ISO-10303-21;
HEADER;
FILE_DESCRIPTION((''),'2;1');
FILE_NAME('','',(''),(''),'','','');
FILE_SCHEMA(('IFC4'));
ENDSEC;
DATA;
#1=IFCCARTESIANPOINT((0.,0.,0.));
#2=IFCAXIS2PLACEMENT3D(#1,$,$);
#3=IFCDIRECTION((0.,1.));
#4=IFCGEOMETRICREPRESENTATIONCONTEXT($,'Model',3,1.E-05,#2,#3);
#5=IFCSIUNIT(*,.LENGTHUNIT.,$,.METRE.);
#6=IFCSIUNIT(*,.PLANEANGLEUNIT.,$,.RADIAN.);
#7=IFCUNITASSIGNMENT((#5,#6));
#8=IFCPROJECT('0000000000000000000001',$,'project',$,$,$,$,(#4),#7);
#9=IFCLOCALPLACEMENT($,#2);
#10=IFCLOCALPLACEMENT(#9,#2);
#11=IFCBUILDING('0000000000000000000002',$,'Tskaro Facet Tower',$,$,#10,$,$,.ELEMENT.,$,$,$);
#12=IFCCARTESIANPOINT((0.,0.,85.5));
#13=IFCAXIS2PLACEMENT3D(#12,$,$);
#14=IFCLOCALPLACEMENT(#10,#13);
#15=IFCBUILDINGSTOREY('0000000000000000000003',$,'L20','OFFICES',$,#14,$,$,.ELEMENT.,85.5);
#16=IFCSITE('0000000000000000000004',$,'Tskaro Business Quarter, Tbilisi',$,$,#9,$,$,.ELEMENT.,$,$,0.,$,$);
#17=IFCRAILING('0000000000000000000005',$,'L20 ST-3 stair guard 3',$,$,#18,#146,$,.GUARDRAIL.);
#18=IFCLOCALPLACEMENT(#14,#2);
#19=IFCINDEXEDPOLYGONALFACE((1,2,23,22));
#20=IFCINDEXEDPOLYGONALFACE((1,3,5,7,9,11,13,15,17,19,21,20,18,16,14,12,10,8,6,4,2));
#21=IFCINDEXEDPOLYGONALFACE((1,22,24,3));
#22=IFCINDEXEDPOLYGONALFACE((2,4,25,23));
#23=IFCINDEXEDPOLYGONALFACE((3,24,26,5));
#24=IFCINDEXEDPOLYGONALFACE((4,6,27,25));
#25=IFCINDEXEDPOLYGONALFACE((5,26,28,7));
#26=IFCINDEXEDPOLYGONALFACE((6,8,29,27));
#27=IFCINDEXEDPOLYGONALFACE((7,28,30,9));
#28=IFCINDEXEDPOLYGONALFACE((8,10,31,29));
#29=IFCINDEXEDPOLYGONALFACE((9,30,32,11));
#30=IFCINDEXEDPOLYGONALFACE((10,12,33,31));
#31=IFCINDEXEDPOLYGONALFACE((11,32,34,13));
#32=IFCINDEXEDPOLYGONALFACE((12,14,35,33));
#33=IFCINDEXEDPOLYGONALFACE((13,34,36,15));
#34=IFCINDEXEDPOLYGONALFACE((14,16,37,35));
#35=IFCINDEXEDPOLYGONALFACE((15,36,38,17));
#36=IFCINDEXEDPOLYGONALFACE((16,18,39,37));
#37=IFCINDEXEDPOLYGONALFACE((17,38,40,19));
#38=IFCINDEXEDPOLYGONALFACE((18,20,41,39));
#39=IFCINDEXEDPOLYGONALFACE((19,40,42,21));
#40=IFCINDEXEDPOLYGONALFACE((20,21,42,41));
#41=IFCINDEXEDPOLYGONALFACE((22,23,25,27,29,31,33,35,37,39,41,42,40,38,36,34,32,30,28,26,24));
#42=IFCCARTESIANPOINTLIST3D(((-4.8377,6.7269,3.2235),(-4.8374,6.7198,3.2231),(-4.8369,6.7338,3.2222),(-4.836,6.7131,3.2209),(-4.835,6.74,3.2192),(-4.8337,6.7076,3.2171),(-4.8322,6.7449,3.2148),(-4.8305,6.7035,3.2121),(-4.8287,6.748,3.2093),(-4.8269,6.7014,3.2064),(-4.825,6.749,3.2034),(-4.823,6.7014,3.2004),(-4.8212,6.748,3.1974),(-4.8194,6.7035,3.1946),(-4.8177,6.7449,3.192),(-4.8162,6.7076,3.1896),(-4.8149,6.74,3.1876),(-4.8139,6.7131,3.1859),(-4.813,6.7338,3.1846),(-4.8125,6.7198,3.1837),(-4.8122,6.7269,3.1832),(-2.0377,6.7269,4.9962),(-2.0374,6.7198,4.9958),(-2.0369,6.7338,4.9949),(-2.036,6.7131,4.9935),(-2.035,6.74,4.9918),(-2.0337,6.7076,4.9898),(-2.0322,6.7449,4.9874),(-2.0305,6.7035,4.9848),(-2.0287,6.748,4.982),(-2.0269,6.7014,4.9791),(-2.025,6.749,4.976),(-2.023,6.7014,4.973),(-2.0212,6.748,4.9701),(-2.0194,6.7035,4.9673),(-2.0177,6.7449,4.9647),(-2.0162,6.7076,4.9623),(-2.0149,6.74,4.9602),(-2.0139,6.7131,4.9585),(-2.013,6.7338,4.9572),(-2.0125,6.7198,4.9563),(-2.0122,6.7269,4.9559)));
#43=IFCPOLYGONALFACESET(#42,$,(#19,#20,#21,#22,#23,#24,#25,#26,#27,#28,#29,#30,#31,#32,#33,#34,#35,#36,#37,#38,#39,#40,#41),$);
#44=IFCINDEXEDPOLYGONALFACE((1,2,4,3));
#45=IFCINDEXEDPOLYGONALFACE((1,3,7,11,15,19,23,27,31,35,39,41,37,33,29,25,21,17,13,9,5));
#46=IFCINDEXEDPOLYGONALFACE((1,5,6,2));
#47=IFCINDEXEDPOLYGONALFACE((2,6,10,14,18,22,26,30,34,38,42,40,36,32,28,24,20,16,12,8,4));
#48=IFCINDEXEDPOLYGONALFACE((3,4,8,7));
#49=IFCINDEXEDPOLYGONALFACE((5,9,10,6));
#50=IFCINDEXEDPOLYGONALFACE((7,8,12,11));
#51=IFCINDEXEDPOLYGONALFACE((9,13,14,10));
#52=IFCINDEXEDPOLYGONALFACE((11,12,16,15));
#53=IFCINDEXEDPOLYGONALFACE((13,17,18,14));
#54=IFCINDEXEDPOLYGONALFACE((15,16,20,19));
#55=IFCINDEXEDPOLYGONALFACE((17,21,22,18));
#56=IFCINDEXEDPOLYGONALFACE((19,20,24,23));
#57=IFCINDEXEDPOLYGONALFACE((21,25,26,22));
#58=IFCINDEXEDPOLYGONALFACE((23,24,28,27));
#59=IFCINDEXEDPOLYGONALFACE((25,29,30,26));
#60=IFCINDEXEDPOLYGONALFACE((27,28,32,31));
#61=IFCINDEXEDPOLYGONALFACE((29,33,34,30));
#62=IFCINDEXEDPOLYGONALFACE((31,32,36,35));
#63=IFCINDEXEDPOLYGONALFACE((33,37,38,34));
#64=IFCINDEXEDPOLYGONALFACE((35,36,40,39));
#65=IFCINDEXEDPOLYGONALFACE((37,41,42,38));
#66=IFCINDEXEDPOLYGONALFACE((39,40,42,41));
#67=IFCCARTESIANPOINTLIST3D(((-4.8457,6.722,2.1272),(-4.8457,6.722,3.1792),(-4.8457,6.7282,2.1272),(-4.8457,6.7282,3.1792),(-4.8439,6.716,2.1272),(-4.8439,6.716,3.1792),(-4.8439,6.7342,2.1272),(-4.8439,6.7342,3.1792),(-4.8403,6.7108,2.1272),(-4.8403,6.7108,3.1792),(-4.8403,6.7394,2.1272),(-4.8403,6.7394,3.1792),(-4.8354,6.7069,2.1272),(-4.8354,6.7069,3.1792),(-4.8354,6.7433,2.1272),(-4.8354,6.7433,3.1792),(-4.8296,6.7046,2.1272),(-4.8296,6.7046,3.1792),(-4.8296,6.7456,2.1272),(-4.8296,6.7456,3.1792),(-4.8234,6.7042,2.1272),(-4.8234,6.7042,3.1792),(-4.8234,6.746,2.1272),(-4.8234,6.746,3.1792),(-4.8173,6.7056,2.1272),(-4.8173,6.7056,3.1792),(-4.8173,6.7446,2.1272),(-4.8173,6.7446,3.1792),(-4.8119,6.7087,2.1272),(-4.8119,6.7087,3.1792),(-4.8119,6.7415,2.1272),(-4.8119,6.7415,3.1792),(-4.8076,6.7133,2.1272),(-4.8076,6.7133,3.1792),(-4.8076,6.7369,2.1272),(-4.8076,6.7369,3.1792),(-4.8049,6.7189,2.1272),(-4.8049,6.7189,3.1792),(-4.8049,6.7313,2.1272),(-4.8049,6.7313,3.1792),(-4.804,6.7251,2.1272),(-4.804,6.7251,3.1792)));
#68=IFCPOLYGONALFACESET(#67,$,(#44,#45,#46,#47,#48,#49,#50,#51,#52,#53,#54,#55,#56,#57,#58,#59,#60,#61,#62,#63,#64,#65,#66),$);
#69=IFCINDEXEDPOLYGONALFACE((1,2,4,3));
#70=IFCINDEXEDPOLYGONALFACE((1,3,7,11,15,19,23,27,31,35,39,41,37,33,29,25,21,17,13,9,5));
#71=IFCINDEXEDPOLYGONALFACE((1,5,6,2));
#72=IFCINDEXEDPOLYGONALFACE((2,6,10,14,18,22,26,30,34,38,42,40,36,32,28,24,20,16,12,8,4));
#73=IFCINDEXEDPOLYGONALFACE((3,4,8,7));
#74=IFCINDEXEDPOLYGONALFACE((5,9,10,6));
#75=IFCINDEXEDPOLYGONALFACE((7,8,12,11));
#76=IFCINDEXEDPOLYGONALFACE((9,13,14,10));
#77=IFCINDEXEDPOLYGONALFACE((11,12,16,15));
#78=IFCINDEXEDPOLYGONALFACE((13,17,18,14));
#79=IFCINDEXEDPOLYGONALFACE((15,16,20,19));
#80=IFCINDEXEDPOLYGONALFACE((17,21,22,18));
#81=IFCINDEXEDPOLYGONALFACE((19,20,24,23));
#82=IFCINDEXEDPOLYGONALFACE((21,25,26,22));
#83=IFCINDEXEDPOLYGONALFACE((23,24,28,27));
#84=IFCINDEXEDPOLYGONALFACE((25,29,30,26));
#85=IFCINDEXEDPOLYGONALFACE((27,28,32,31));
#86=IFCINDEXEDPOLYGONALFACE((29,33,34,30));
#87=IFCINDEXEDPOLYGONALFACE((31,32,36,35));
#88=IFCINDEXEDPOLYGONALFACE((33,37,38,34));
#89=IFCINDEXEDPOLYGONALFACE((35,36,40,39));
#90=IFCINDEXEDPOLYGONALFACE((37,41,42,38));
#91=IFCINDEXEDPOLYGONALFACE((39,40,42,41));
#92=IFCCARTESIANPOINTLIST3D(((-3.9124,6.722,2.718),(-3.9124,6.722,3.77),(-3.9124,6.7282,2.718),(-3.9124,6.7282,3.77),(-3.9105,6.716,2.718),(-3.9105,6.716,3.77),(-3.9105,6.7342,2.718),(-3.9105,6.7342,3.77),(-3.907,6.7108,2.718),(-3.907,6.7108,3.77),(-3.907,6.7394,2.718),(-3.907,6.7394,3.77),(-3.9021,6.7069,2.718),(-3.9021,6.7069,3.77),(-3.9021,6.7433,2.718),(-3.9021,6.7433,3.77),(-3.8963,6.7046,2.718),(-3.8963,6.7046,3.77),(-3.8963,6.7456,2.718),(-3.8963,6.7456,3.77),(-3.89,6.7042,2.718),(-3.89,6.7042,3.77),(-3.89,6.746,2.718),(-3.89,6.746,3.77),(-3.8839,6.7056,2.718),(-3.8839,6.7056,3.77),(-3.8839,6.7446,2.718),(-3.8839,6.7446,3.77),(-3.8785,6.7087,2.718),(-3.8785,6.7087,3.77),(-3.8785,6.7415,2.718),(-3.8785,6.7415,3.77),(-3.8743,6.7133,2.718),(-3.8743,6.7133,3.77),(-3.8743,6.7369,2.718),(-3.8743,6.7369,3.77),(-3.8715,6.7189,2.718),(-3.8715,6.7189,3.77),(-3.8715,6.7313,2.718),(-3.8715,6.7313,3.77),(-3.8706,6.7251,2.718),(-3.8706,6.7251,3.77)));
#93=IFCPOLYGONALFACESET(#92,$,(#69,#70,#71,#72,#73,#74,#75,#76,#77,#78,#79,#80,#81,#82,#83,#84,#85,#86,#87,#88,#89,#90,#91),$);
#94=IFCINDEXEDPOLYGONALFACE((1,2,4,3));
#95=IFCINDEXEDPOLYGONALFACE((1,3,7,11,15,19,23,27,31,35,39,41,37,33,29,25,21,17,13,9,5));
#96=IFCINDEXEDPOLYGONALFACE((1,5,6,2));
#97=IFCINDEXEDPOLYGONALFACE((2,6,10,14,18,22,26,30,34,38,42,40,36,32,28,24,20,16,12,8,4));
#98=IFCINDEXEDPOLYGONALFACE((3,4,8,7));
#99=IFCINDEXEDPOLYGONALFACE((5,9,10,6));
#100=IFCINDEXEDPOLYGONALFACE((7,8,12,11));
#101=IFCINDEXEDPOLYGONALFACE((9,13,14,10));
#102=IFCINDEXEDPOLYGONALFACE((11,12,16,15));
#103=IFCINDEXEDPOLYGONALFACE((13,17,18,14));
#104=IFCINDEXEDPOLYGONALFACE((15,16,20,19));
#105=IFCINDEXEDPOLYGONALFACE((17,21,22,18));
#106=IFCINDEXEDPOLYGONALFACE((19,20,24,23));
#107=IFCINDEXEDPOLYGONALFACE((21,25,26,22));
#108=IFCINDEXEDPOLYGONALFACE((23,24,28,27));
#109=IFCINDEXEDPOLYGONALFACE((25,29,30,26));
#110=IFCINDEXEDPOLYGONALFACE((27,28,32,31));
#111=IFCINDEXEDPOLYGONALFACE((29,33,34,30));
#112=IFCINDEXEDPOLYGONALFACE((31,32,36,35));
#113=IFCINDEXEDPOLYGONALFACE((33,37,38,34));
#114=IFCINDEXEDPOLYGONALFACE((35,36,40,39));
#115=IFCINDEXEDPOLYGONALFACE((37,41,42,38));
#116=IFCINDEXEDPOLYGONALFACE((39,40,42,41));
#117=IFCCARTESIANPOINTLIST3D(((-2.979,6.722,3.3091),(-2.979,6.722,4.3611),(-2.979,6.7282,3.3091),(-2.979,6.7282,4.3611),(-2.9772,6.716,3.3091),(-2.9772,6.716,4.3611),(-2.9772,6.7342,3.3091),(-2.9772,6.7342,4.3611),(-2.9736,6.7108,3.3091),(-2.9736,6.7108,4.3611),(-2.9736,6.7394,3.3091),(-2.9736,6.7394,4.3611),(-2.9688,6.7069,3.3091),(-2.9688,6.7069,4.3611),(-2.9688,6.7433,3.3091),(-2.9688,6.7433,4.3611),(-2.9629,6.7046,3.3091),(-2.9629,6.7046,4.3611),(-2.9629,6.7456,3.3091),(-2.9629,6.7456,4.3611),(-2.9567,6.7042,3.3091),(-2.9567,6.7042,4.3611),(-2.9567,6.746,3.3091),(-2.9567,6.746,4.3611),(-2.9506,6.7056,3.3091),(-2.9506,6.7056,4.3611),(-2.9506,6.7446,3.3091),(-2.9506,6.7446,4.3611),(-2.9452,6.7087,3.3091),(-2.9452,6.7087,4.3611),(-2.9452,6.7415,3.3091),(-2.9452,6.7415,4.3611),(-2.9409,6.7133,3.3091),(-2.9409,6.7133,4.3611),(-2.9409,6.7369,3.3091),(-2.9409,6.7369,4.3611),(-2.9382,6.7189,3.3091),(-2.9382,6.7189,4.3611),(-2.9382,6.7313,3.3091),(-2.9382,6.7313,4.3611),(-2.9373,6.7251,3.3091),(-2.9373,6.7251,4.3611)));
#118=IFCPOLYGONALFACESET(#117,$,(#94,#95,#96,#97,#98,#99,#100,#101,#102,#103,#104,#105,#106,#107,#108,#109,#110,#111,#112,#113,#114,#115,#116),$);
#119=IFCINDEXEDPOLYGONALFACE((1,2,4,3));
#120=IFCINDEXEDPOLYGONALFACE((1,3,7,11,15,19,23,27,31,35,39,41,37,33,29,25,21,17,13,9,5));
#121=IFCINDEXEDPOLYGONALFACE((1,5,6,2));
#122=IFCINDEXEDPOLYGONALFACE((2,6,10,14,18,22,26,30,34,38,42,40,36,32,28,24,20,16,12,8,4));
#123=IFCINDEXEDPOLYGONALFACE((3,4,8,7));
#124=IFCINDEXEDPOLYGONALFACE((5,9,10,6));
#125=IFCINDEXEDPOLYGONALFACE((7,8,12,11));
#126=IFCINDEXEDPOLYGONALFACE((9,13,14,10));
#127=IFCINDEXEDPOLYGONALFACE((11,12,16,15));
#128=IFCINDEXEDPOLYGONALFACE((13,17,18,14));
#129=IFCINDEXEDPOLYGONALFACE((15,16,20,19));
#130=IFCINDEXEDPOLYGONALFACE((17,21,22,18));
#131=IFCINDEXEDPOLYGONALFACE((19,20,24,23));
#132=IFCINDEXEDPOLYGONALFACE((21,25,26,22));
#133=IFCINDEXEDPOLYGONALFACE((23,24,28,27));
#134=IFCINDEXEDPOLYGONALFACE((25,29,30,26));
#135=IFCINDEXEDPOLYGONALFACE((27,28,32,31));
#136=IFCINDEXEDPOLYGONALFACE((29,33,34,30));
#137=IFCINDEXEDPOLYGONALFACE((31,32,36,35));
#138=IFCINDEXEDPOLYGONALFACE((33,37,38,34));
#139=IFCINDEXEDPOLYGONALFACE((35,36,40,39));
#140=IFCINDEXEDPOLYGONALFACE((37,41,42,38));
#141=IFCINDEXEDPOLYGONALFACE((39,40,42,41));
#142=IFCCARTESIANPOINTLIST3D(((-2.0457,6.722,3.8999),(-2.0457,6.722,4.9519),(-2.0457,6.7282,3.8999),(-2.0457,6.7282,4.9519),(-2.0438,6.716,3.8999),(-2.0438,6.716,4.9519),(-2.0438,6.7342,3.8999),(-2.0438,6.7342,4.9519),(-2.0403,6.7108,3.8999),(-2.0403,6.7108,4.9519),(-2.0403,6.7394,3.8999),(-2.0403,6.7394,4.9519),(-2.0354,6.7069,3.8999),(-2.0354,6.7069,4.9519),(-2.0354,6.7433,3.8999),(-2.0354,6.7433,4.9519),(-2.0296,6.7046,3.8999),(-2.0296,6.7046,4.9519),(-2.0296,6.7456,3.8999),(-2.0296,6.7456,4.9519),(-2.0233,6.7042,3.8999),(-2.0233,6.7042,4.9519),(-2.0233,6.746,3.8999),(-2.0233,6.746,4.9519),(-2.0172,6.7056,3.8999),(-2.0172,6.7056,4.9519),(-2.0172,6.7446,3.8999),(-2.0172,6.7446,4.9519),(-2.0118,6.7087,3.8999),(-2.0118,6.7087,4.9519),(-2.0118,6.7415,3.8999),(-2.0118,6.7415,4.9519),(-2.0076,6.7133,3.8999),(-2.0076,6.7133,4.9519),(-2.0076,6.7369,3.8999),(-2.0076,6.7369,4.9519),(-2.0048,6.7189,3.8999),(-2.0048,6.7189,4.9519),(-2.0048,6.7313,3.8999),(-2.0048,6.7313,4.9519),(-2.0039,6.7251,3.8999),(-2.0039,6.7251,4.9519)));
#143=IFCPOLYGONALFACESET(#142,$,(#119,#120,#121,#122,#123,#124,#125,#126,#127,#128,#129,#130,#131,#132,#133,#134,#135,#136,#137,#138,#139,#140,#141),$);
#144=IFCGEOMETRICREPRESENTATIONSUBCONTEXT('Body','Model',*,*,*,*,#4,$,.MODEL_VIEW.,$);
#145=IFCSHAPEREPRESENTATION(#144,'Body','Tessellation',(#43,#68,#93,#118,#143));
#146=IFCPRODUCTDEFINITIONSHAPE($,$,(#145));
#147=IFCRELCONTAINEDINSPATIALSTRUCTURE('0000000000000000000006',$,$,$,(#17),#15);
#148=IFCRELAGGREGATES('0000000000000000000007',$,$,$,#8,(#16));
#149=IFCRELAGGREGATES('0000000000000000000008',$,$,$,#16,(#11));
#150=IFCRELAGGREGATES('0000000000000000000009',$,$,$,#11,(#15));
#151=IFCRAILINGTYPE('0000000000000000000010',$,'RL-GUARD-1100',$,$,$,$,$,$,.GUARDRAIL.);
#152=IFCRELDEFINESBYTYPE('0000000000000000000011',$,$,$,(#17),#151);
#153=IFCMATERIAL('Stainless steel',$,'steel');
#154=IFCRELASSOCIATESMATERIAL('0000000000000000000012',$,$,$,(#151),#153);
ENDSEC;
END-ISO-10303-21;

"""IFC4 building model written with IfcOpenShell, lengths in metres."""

from ifc_helpers import new_model, si_unit, direction, frame, origin, origin_2d, place, context, subcontext, project, spatial, circle, extrude, material, type_object, element, save


model = new_model("IFC4")

# Units and contexts
model_context = context("Model", 3, precision=1e-05, world=origin(), true_north=direction((0.0, 1.0)))
body_context = subcontext(model_context, "Body", "Model", "MODEL_VIEW")
ifc_project = project(units=[si_unit("LENGTHUNIT", "METRE"), si_unit("PLANEANGLEUNIT", "RADIAN")], contexts=[model_context])

# Site, building, storey
site_placement = place(None, origin())
site = spatial("IfcSite", under=ifc_project, at=site_placement, Name="Tskaro Business Quarter, Tbilisi", CompositionType="ELEMENT", RefElevation=0.0)
building_placement = place(site_placement, origin())
building = spatial("IfcBuilding", under=site, at=building_placement, Name="Tskaro Facet Tower", CompositionType="ELEMENT")
storey_placement = place(building_placement, frame((0.0, 0.0, 85.5)))
storey = spatial("IfcBuildingStorey", under=building, at=storey_placement, Name="L20", Description="OFFICES", CompositionType="ELEMENT", Elevation=85.5)

# Railing
ifc_material_1 = material(Name="Stainless steel", Category="steel")
railing_type_1 = type_object("IfcRailingType", Name="RL-GUARD-1100", PredefinedType="GUARDRAIL", material=ifc_material_1)
railing_1_placement = place(storey_placement, frame((-4.825, 6.7251, 2.1272)))
element("IfcRailing", 1, at=railing_1_placement, inside=storey, type_object=railing_type_1, Name="L20 ST-3 stair guard 3", PredefinedType="GUARDRAIL", context=body_context, shape_type="SweptSolid", body=[
    extrude(circle(Radius=0.0239, at=origin_2d()), frame((0.0, 0.0, 1.0762), z_axis=(0.844909, 0.0, 0.53491), x_axis=(0.0, 1.0, 0.0)), (0.0, 0.0, 1.0), 3.314),
    extrude(circle(Radius=0.021, at=origin_2d()), origin(), (0.0, 0.0, 1.0), 1.052),
    extrude(circle(Radius=0.021, at=origin_2d()), frame((0.9333, 0.0, 0.5908)), (0.0, 0.0, 1.0), 1.052),
    extrude(circle(Radius=0.021, at=origin_2d()), frame((1.8667, 0.0, 1.1819)), (0.0, 0.0, 1.0), 1.052),
    extrude(circle(Radius=0.021, at=origin_2d()), frame((2.8, 0.0, 1.7727)), (0.0, 0.0, 1.0), 1.052),
])

save(model, "model.ifc")
